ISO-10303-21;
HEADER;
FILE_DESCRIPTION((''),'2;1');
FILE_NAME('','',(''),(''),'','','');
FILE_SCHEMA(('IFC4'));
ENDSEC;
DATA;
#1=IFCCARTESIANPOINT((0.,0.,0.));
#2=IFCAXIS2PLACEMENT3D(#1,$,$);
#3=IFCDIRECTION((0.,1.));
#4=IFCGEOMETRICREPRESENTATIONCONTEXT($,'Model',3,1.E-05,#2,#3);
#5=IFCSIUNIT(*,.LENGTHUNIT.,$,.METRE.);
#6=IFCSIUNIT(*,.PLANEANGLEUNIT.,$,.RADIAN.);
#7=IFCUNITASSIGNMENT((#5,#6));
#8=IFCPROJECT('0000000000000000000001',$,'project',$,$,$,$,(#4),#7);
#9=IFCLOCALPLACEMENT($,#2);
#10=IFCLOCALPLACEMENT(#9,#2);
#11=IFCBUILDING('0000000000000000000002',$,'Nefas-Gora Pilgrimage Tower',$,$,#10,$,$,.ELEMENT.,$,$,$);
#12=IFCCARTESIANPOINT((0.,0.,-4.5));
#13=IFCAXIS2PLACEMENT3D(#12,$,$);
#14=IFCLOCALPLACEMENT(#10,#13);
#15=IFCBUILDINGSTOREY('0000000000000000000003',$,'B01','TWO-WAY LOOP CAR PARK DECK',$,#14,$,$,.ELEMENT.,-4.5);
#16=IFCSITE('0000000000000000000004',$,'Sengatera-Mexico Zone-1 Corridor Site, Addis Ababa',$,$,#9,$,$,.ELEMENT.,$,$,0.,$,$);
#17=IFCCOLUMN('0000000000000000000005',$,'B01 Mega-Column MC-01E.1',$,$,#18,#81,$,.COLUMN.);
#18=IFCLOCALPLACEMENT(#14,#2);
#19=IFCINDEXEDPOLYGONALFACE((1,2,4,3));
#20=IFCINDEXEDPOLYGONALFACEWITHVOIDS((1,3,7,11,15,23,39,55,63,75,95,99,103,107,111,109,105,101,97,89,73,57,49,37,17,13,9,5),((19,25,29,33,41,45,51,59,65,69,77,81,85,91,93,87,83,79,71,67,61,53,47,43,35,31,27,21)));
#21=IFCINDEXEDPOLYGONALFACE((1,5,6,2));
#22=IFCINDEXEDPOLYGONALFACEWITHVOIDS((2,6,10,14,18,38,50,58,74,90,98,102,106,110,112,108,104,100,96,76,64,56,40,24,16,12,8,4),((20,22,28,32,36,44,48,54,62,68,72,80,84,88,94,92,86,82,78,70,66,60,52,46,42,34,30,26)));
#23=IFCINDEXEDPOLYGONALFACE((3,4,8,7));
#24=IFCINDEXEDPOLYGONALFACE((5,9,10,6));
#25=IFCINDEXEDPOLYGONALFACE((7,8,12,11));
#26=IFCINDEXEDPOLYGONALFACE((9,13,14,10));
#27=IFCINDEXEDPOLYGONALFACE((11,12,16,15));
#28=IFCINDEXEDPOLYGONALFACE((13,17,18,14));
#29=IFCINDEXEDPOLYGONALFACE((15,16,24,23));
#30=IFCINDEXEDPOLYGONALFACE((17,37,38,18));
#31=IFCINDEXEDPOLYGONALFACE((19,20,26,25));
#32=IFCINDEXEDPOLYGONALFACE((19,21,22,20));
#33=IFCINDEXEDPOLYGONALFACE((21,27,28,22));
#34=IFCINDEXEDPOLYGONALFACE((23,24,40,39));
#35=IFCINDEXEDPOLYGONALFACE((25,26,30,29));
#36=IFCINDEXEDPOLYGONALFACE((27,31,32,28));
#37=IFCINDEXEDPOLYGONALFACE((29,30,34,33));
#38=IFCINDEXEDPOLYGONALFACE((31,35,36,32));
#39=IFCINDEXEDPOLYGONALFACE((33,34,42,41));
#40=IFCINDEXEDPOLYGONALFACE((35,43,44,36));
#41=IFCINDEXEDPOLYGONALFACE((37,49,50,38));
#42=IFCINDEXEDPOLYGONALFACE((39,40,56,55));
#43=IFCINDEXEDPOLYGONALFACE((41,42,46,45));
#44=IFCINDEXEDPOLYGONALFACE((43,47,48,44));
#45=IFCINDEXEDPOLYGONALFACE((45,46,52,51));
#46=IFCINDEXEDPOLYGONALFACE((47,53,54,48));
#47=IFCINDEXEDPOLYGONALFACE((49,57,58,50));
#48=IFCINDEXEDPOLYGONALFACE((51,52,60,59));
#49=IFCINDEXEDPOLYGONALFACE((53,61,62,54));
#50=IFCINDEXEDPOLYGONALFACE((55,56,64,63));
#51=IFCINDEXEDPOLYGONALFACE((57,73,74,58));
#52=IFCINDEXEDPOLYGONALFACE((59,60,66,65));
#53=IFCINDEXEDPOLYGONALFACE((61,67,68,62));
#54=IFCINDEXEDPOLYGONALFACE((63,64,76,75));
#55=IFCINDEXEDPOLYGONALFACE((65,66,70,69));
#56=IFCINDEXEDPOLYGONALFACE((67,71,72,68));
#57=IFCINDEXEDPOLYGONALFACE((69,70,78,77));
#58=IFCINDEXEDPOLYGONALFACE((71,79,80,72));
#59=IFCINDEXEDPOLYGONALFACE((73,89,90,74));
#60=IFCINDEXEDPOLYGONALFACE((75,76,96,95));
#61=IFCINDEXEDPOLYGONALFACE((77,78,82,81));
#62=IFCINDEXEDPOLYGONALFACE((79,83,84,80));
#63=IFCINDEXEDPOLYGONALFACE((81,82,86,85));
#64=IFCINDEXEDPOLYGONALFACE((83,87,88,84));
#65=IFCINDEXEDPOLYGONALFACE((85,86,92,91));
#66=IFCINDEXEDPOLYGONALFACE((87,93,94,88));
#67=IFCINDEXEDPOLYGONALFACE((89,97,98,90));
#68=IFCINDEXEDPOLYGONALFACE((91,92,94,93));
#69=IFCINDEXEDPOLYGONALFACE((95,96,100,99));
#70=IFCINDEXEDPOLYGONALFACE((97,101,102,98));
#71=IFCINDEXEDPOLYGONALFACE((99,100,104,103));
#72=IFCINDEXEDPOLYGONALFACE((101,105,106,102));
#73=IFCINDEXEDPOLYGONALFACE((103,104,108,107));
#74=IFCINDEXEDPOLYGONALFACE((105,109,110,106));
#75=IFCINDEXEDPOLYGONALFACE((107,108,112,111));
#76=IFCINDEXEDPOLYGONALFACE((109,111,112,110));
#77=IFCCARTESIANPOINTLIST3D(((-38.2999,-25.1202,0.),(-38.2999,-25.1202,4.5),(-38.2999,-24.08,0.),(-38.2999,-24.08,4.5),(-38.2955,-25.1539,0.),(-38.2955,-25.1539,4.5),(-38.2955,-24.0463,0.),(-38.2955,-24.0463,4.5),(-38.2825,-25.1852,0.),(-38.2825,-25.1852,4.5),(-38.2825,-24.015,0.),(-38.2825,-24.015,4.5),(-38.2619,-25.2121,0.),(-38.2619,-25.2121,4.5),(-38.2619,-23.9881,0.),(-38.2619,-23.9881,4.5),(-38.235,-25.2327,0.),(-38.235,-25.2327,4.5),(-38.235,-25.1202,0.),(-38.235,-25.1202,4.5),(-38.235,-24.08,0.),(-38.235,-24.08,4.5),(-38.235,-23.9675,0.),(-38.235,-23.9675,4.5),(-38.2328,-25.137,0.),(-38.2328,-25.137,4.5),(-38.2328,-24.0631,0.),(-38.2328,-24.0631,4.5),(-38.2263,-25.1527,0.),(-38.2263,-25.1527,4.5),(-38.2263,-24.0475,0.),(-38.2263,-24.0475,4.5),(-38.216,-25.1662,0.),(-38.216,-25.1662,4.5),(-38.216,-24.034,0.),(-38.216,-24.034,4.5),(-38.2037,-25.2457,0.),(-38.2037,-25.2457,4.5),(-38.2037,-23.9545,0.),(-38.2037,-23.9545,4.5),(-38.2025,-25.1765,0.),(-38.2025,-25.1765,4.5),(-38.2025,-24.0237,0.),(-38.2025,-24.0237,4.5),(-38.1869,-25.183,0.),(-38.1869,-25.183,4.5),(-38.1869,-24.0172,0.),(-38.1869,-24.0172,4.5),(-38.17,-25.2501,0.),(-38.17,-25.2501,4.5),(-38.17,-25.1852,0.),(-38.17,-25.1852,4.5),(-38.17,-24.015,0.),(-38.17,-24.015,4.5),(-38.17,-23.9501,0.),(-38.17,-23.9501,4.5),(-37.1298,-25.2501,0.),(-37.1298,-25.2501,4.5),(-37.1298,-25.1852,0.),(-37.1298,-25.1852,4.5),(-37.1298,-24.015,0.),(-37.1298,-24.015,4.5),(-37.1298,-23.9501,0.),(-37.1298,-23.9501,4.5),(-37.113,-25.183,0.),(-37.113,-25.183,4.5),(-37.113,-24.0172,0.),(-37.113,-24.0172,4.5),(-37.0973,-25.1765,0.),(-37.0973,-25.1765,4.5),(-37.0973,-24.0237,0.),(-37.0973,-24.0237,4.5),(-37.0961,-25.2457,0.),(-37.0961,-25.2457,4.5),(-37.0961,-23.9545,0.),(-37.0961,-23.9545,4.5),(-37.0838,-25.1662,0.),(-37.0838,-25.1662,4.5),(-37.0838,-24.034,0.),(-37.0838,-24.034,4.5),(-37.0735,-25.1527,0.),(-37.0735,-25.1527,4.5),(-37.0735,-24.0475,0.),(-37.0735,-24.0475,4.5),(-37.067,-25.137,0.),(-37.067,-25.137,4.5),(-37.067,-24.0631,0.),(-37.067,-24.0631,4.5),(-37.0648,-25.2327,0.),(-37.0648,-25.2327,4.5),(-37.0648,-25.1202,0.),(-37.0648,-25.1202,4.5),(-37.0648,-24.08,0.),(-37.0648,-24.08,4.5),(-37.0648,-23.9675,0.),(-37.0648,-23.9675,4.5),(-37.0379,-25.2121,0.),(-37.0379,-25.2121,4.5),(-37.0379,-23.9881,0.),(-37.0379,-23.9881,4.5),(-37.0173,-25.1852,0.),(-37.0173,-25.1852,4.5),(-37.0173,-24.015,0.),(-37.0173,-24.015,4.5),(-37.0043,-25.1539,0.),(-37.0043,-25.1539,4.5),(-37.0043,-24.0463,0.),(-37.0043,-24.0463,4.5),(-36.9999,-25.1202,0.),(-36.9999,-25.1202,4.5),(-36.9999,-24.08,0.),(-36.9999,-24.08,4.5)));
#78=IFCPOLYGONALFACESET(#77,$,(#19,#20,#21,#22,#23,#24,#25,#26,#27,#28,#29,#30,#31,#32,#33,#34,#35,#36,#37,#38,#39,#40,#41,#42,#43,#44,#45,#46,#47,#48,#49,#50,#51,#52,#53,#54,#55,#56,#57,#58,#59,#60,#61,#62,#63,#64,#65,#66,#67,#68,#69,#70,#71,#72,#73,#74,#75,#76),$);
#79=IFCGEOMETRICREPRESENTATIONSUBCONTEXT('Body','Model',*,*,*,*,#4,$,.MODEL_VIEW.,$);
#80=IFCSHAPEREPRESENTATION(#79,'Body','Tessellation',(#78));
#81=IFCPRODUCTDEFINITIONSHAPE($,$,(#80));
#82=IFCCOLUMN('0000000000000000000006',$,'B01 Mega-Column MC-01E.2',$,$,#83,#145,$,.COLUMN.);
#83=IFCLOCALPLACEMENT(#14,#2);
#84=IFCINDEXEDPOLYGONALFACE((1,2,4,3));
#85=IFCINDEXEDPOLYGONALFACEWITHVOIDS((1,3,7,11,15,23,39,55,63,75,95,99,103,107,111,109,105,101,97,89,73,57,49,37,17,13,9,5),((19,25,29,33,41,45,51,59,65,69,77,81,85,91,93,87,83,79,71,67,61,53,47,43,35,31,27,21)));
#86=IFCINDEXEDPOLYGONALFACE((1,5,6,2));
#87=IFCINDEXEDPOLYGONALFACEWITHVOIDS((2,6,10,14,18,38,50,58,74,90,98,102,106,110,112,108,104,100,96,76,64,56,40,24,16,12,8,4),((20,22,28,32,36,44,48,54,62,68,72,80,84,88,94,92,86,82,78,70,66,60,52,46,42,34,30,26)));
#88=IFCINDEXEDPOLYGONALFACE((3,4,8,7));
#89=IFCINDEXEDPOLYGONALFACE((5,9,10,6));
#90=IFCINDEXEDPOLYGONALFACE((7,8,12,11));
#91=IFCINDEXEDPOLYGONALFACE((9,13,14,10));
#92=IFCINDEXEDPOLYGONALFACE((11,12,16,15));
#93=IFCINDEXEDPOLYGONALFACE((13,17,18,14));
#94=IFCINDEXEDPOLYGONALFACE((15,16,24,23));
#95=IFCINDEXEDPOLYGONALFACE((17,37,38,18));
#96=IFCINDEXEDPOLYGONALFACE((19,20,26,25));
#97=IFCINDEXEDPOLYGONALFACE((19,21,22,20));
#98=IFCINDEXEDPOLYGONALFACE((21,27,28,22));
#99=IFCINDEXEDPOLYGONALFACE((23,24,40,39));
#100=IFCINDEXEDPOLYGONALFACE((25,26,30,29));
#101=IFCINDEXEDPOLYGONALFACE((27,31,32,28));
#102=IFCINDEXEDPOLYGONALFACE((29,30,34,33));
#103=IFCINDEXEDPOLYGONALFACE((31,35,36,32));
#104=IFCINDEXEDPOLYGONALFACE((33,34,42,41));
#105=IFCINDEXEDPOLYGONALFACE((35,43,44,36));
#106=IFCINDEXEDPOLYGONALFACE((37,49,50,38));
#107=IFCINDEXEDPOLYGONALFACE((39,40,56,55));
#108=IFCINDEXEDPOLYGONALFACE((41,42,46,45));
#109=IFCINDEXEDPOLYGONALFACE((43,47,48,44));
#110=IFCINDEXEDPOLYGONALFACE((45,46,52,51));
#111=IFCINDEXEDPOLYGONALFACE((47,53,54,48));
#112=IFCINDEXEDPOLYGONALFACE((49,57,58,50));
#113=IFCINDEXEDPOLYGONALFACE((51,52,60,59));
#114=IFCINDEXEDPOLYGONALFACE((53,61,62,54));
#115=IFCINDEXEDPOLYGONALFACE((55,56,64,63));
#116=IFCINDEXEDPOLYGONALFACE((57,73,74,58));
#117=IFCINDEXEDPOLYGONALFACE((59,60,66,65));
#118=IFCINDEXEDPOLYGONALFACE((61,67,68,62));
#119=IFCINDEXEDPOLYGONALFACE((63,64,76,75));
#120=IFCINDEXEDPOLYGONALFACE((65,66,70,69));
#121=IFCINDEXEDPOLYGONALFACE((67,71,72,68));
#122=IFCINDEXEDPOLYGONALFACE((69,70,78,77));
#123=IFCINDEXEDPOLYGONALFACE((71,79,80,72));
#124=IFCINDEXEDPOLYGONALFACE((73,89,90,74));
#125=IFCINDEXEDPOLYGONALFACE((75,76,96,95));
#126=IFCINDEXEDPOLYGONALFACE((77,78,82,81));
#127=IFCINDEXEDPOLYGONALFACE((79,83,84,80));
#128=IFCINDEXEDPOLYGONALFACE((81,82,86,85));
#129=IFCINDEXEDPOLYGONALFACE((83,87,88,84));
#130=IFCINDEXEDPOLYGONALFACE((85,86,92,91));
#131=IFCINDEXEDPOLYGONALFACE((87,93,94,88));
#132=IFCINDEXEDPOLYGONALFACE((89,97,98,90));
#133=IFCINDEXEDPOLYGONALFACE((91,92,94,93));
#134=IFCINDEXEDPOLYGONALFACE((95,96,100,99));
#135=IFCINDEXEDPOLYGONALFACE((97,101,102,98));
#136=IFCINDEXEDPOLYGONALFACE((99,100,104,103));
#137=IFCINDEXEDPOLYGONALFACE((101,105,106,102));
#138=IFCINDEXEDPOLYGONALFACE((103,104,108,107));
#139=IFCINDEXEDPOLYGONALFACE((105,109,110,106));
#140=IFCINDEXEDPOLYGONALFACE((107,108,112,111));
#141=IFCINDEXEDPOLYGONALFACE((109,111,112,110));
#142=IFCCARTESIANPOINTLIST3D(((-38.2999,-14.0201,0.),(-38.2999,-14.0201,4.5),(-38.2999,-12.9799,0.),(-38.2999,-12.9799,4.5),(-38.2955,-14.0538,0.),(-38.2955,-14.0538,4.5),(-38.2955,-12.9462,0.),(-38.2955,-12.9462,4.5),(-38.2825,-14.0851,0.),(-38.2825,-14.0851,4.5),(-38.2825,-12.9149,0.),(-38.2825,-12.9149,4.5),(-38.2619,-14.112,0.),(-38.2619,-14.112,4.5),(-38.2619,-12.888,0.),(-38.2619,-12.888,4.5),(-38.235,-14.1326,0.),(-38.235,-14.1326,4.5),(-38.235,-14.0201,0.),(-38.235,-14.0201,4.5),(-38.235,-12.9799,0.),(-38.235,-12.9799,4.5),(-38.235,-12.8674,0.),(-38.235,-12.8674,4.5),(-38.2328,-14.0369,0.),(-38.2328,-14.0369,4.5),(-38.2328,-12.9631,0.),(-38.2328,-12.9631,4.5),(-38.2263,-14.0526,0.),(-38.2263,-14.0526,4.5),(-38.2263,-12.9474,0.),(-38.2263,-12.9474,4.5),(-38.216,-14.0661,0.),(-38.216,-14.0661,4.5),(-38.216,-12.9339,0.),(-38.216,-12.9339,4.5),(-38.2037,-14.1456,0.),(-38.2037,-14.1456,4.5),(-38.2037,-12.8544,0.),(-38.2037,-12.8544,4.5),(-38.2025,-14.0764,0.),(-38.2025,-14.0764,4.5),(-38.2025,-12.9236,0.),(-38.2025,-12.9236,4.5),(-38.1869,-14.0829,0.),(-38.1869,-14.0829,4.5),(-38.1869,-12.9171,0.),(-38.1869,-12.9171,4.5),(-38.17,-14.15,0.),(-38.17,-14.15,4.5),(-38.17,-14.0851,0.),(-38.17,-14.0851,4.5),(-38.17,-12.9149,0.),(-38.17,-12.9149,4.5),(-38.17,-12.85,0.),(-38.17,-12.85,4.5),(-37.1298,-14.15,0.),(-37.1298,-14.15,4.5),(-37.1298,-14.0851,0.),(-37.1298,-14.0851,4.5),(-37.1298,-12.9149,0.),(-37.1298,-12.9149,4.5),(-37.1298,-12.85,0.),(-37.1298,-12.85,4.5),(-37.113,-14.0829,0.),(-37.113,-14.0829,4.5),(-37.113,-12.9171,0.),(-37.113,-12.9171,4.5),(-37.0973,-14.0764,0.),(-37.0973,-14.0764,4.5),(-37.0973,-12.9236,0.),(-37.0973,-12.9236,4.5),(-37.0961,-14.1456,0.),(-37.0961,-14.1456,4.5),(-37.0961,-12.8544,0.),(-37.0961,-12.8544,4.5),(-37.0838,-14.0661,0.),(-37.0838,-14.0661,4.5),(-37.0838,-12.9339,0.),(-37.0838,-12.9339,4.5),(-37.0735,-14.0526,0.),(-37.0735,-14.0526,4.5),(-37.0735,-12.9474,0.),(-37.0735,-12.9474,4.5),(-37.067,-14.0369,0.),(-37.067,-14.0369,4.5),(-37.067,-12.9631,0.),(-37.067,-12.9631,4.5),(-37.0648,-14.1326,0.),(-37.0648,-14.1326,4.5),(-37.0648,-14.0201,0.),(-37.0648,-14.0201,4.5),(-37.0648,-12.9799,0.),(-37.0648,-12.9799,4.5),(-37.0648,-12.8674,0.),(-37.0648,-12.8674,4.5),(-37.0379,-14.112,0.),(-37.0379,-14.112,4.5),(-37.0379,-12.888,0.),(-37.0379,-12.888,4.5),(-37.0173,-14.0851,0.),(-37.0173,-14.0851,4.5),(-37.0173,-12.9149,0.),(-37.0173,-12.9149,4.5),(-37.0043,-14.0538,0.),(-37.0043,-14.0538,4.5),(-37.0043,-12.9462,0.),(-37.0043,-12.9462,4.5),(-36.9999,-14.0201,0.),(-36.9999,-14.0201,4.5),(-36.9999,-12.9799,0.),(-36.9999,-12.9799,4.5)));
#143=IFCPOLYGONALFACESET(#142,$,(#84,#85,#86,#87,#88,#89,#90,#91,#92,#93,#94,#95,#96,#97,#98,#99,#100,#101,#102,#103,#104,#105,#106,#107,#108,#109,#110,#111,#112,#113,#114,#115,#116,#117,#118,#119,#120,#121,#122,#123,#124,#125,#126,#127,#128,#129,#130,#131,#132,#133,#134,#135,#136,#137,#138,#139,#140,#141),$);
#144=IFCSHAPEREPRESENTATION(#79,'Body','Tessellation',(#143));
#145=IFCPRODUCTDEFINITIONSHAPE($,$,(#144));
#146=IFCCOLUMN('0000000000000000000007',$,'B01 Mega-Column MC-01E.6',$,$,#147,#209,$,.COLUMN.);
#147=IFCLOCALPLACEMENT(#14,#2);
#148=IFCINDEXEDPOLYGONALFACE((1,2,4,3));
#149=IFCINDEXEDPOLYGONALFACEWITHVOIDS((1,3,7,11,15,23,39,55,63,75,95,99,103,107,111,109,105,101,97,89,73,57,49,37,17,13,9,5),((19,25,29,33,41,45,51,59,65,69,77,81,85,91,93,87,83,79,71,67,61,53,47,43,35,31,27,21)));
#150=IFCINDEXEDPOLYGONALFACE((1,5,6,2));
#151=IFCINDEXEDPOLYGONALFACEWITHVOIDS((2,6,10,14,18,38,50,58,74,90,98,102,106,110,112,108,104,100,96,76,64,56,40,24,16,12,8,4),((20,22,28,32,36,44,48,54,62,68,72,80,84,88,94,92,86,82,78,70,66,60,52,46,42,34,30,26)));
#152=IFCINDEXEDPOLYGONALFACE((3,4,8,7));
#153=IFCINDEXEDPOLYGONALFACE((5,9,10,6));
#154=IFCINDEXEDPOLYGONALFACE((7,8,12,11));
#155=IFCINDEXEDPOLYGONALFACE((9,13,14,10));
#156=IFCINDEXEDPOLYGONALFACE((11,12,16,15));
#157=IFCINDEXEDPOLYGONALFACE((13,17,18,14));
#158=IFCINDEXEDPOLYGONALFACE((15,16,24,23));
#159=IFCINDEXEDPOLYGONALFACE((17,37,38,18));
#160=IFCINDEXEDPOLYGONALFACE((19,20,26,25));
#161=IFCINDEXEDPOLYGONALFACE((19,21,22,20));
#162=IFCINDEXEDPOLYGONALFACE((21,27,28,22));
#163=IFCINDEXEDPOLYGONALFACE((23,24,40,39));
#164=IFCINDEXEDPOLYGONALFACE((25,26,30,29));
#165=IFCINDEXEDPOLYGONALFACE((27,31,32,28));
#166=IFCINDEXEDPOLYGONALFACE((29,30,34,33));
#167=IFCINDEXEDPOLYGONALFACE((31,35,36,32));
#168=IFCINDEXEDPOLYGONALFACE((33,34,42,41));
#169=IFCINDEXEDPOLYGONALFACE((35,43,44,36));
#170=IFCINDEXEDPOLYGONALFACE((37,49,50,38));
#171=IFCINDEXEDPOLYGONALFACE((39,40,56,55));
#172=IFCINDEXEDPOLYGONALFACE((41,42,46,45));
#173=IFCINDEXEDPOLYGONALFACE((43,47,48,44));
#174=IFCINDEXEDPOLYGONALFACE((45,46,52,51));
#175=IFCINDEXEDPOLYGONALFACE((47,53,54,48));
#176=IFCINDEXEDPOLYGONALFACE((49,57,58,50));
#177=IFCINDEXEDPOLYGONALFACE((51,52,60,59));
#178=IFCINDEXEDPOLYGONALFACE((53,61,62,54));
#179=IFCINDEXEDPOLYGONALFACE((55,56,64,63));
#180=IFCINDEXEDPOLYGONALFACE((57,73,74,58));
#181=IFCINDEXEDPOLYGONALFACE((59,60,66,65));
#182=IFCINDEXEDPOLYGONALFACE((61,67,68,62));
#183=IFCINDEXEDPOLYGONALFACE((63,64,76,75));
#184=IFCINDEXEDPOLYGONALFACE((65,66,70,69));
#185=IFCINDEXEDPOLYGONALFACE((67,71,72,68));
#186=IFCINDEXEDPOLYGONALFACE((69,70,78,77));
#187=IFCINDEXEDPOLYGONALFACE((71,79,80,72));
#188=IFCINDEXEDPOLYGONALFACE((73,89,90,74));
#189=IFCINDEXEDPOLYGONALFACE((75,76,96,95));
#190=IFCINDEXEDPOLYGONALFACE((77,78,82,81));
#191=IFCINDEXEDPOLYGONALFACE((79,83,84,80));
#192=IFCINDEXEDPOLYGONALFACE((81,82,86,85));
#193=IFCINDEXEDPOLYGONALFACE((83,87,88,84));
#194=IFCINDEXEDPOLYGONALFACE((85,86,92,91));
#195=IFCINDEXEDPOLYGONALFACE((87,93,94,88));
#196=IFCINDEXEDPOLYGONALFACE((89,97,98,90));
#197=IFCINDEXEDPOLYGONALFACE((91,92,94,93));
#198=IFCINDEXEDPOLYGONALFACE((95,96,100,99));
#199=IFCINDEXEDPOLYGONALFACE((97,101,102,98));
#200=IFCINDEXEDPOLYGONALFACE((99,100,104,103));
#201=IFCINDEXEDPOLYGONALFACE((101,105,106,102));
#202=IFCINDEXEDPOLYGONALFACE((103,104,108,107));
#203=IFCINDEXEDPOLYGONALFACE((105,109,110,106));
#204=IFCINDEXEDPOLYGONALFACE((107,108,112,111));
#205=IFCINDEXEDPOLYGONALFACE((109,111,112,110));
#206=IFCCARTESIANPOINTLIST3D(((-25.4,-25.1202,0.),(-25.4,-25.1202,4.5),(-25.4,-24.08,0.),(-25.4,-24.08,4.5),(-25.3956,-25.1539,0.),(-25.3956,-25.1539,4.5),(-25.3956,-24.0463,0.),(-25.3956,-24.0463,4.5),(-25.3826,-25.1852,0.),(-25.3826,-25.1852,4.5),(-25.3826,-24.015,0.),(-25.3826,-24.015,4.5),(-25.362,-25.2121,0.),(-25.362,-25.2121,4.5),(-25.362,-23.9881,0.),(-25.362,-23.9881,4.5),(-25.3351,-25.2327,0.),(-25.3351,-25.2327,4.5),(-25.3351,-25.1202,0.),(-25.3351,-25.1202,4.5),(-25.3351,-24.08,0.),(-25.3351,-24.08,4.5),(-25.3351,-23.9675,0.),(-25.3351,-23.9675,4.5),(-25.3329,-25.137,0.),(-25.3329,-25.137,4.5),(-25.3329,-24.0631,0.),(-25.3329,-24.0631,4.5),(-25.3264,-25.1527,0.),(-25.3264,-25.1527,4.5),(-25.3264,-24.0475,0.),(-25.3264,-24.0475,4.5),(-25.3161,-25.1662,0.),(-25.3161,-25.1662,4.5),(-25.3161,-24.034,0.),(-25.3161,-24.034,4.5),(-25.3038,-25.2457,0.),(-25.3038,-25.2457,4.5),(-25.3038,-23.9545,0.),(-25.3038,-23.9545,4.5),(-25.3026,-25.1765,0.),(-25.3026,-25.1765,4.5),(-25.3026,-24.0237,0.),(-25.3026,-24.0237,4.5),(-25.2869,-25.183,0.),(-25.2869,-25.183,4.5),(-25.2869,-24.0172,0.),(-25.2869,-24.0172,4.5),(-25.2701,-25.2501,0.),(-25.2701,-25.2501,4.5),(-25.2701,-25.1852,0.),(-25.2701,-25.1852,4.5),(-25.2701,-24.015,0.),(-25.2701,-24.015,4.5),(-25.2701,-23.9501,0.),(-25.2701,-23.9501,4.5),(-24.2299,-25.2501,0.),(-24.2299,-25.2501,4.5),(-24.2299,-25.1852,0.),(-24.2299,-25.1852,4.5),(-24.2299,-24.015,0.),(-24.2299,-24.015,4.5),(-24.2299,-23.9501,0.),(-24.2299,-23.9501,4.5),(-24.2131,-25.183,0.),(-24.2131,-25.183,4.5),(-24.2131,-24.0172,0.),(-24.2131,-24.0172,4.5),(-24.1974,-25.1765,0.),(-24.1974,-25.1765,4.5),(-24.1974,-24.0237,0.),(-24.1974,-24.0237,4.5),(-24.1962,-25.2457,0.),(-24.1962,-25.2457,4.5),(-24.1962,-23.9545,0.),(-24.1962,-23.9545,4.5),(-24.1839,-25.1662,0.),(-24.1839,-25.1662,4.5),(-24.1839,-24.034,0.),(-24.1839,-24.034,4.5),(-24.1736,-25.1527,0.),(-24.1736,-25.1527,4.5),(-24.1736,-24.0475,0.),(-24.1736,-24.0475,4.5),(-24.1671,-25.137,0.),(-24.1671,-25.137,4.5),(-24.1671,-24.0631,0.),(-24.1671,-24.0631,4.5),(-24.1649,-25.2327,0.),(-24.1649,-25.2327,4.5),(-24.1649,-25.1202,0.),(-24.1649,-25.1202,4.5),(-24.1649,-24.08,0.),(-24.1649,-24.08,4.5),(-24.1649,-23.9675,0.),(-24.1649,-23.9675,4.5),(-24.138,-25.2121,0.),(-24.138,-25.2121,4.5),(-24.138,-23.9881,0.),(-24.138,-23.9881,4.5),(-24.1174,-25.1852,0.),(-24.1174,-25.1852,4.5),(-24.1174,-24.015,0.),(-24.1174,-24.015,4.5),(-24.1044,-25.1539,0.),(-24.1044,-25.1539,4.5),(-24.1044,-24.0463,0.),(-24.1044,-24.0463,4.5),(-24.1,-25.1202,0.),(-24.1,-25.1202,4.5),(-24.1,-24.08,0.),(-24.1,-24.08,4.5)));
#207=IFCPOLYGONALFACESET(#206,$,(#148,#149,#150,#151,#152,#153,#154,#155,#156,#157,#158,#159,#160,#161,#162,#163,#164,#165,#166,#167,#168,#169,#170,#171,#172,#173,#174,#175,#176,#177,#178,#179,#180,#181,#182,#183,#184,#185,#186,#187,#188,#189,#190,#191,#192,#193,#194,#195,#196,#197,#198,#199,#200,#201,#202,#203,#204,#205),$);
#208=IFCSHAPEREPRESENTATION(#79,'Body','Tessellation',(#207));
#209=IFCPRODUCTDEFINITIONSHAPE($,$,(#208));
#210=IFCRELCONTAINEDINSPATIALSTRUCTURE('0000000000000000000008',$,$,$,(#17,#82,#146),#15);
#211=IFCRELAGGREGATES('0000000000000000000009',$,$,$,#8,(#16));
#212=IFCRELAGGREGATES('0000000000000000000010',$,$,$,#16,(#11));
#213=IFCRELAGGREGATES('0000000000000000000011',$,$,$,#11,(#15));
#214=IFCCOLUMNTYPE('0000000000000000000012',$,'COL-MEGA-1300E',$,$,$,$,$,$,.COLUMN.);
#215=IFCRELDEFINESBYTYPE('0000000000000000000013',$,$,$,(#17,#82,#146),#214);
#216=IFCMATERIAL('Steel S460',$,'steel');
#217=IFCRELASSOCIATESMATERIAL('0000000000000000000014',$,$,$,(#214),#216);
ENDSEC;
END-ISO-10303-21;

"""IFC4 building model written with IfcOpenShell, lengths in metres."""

from ifc_helpers import new_model, si_unit, direction, frame, origin, origin_2d, place, context, subcontext, project, spatial, hollow_rectangle, extrude, source, transform, mapped, material, material_profile, profile_set, type_object, element, save


model = new_model("IFC4")

# Units and contexts
model_context = context("Model", 3, precision=1e-05, world=origin(), true_north=direction((0.0, 1.0)))
body_context = subcontext(model_context, "Body", "Model", "MODEL_VIEW")
ifc_project = project(units=[si_unit("LENGTHUNIT", "METRE"), si_unit("PLANEANGLEUNIT", "RADIAN")], contexts=[model_context])

# Site, building, storey
site_placement = place(None, origin())
site = spatial("IfcSite", under=ifc_project, at=site_placement, Name="Sengatera-Mexico Zone-1 Corridor Site, Addis Ababa", CompositionType="ELEMENT", RefElevation=0.0)
building_placement = place(site_placement, origin())
building = spatial("IfcBuilding", under=site, at=building_placement, Name="Nefas-Gora Pilgrimage Tower", CompositionType="ELEMENT")
storey_placement = place(building_placement, frame((0.0, 0.0, -4.5)))
storey = spatial("IfcBuildingStorey", under=building, at=storey_placement, Name="B01", Description="TWO-WAY LOOP CAR PARK DECK", CompositionType="ELEMENT", Elevation=-4.5)

# Columns
ifc_material_1 = material(Name="Steel S460", Category="steel")
ifc_material_profile_1 = material_profile(ifc_material_1, hollow_rectangle(XDim=1.3, YDim=1.3, WallThickness=0.0649, InnerFilletRadius=0.0649, OuterFilletRadius=0.1299, at=origin_2d()), Name="BOX 1300x1300x65")
ifc_profile_set_1 = profile_set([ifc_material_profile_1], Name="Steel S460")
column_type = type_object("IfcColumnType", Name="COL-MEGA-1300E", PredefinedType="COLUMN", material=ifc_profile_set_1)
shared_shape_1 = source(origin(), body_context, "Body", "SweptSolid", [
    extrude(hollow_rectangle(XDim=1.3, YDim=1.3, WallThickness=0.0649, InnerFilletRadius=0.0649, OuterFilletRadius=0.1299, at=origin_2d()), origin(), (0.0, 0.0, 1.0), 4.5),
])
for number, where, z_axis, x_axis, name in (
    (1, (-37.6499, -24.6001, 0.0), (0.0, 0.0, 1.0), (1.0, 0.0, 0.0), "B01 Mega-Column MC-01E.1"),
    (2, (-37.6499, -13.5, 0.0), (0.0, 0.0, 1.0), (1.0, 0.0, 0.0), "B01 Mega-Column MC-01E.2"),
    (3, (-24.75, -24.6001, 0.0), (0.0, 0.0, 1.0), (1.0, 0.0, 0.0), "B01 Mega-Column MC-01E.6"),
):
    element("IfcColumn", number, at=place(storey_placement, frame(where, z_axis=z_axis, x_axis=x_axis)), inside=storey, type_object=column_type, Name=name, PredefinedType="COLUMN", context=body_context, shape_type="MappedRepresentation", body=[
        mapped(shared_shape_1, transform((0.0, 0.0, 0.0), x_axis=(1.0, 0.0, 0.0), y_axis=(0.0, 1.0, 0.0), z_axis=(0.0, 0.0, 1.0), scale=1.0)),
    ])

save(model, "model.ifc")
